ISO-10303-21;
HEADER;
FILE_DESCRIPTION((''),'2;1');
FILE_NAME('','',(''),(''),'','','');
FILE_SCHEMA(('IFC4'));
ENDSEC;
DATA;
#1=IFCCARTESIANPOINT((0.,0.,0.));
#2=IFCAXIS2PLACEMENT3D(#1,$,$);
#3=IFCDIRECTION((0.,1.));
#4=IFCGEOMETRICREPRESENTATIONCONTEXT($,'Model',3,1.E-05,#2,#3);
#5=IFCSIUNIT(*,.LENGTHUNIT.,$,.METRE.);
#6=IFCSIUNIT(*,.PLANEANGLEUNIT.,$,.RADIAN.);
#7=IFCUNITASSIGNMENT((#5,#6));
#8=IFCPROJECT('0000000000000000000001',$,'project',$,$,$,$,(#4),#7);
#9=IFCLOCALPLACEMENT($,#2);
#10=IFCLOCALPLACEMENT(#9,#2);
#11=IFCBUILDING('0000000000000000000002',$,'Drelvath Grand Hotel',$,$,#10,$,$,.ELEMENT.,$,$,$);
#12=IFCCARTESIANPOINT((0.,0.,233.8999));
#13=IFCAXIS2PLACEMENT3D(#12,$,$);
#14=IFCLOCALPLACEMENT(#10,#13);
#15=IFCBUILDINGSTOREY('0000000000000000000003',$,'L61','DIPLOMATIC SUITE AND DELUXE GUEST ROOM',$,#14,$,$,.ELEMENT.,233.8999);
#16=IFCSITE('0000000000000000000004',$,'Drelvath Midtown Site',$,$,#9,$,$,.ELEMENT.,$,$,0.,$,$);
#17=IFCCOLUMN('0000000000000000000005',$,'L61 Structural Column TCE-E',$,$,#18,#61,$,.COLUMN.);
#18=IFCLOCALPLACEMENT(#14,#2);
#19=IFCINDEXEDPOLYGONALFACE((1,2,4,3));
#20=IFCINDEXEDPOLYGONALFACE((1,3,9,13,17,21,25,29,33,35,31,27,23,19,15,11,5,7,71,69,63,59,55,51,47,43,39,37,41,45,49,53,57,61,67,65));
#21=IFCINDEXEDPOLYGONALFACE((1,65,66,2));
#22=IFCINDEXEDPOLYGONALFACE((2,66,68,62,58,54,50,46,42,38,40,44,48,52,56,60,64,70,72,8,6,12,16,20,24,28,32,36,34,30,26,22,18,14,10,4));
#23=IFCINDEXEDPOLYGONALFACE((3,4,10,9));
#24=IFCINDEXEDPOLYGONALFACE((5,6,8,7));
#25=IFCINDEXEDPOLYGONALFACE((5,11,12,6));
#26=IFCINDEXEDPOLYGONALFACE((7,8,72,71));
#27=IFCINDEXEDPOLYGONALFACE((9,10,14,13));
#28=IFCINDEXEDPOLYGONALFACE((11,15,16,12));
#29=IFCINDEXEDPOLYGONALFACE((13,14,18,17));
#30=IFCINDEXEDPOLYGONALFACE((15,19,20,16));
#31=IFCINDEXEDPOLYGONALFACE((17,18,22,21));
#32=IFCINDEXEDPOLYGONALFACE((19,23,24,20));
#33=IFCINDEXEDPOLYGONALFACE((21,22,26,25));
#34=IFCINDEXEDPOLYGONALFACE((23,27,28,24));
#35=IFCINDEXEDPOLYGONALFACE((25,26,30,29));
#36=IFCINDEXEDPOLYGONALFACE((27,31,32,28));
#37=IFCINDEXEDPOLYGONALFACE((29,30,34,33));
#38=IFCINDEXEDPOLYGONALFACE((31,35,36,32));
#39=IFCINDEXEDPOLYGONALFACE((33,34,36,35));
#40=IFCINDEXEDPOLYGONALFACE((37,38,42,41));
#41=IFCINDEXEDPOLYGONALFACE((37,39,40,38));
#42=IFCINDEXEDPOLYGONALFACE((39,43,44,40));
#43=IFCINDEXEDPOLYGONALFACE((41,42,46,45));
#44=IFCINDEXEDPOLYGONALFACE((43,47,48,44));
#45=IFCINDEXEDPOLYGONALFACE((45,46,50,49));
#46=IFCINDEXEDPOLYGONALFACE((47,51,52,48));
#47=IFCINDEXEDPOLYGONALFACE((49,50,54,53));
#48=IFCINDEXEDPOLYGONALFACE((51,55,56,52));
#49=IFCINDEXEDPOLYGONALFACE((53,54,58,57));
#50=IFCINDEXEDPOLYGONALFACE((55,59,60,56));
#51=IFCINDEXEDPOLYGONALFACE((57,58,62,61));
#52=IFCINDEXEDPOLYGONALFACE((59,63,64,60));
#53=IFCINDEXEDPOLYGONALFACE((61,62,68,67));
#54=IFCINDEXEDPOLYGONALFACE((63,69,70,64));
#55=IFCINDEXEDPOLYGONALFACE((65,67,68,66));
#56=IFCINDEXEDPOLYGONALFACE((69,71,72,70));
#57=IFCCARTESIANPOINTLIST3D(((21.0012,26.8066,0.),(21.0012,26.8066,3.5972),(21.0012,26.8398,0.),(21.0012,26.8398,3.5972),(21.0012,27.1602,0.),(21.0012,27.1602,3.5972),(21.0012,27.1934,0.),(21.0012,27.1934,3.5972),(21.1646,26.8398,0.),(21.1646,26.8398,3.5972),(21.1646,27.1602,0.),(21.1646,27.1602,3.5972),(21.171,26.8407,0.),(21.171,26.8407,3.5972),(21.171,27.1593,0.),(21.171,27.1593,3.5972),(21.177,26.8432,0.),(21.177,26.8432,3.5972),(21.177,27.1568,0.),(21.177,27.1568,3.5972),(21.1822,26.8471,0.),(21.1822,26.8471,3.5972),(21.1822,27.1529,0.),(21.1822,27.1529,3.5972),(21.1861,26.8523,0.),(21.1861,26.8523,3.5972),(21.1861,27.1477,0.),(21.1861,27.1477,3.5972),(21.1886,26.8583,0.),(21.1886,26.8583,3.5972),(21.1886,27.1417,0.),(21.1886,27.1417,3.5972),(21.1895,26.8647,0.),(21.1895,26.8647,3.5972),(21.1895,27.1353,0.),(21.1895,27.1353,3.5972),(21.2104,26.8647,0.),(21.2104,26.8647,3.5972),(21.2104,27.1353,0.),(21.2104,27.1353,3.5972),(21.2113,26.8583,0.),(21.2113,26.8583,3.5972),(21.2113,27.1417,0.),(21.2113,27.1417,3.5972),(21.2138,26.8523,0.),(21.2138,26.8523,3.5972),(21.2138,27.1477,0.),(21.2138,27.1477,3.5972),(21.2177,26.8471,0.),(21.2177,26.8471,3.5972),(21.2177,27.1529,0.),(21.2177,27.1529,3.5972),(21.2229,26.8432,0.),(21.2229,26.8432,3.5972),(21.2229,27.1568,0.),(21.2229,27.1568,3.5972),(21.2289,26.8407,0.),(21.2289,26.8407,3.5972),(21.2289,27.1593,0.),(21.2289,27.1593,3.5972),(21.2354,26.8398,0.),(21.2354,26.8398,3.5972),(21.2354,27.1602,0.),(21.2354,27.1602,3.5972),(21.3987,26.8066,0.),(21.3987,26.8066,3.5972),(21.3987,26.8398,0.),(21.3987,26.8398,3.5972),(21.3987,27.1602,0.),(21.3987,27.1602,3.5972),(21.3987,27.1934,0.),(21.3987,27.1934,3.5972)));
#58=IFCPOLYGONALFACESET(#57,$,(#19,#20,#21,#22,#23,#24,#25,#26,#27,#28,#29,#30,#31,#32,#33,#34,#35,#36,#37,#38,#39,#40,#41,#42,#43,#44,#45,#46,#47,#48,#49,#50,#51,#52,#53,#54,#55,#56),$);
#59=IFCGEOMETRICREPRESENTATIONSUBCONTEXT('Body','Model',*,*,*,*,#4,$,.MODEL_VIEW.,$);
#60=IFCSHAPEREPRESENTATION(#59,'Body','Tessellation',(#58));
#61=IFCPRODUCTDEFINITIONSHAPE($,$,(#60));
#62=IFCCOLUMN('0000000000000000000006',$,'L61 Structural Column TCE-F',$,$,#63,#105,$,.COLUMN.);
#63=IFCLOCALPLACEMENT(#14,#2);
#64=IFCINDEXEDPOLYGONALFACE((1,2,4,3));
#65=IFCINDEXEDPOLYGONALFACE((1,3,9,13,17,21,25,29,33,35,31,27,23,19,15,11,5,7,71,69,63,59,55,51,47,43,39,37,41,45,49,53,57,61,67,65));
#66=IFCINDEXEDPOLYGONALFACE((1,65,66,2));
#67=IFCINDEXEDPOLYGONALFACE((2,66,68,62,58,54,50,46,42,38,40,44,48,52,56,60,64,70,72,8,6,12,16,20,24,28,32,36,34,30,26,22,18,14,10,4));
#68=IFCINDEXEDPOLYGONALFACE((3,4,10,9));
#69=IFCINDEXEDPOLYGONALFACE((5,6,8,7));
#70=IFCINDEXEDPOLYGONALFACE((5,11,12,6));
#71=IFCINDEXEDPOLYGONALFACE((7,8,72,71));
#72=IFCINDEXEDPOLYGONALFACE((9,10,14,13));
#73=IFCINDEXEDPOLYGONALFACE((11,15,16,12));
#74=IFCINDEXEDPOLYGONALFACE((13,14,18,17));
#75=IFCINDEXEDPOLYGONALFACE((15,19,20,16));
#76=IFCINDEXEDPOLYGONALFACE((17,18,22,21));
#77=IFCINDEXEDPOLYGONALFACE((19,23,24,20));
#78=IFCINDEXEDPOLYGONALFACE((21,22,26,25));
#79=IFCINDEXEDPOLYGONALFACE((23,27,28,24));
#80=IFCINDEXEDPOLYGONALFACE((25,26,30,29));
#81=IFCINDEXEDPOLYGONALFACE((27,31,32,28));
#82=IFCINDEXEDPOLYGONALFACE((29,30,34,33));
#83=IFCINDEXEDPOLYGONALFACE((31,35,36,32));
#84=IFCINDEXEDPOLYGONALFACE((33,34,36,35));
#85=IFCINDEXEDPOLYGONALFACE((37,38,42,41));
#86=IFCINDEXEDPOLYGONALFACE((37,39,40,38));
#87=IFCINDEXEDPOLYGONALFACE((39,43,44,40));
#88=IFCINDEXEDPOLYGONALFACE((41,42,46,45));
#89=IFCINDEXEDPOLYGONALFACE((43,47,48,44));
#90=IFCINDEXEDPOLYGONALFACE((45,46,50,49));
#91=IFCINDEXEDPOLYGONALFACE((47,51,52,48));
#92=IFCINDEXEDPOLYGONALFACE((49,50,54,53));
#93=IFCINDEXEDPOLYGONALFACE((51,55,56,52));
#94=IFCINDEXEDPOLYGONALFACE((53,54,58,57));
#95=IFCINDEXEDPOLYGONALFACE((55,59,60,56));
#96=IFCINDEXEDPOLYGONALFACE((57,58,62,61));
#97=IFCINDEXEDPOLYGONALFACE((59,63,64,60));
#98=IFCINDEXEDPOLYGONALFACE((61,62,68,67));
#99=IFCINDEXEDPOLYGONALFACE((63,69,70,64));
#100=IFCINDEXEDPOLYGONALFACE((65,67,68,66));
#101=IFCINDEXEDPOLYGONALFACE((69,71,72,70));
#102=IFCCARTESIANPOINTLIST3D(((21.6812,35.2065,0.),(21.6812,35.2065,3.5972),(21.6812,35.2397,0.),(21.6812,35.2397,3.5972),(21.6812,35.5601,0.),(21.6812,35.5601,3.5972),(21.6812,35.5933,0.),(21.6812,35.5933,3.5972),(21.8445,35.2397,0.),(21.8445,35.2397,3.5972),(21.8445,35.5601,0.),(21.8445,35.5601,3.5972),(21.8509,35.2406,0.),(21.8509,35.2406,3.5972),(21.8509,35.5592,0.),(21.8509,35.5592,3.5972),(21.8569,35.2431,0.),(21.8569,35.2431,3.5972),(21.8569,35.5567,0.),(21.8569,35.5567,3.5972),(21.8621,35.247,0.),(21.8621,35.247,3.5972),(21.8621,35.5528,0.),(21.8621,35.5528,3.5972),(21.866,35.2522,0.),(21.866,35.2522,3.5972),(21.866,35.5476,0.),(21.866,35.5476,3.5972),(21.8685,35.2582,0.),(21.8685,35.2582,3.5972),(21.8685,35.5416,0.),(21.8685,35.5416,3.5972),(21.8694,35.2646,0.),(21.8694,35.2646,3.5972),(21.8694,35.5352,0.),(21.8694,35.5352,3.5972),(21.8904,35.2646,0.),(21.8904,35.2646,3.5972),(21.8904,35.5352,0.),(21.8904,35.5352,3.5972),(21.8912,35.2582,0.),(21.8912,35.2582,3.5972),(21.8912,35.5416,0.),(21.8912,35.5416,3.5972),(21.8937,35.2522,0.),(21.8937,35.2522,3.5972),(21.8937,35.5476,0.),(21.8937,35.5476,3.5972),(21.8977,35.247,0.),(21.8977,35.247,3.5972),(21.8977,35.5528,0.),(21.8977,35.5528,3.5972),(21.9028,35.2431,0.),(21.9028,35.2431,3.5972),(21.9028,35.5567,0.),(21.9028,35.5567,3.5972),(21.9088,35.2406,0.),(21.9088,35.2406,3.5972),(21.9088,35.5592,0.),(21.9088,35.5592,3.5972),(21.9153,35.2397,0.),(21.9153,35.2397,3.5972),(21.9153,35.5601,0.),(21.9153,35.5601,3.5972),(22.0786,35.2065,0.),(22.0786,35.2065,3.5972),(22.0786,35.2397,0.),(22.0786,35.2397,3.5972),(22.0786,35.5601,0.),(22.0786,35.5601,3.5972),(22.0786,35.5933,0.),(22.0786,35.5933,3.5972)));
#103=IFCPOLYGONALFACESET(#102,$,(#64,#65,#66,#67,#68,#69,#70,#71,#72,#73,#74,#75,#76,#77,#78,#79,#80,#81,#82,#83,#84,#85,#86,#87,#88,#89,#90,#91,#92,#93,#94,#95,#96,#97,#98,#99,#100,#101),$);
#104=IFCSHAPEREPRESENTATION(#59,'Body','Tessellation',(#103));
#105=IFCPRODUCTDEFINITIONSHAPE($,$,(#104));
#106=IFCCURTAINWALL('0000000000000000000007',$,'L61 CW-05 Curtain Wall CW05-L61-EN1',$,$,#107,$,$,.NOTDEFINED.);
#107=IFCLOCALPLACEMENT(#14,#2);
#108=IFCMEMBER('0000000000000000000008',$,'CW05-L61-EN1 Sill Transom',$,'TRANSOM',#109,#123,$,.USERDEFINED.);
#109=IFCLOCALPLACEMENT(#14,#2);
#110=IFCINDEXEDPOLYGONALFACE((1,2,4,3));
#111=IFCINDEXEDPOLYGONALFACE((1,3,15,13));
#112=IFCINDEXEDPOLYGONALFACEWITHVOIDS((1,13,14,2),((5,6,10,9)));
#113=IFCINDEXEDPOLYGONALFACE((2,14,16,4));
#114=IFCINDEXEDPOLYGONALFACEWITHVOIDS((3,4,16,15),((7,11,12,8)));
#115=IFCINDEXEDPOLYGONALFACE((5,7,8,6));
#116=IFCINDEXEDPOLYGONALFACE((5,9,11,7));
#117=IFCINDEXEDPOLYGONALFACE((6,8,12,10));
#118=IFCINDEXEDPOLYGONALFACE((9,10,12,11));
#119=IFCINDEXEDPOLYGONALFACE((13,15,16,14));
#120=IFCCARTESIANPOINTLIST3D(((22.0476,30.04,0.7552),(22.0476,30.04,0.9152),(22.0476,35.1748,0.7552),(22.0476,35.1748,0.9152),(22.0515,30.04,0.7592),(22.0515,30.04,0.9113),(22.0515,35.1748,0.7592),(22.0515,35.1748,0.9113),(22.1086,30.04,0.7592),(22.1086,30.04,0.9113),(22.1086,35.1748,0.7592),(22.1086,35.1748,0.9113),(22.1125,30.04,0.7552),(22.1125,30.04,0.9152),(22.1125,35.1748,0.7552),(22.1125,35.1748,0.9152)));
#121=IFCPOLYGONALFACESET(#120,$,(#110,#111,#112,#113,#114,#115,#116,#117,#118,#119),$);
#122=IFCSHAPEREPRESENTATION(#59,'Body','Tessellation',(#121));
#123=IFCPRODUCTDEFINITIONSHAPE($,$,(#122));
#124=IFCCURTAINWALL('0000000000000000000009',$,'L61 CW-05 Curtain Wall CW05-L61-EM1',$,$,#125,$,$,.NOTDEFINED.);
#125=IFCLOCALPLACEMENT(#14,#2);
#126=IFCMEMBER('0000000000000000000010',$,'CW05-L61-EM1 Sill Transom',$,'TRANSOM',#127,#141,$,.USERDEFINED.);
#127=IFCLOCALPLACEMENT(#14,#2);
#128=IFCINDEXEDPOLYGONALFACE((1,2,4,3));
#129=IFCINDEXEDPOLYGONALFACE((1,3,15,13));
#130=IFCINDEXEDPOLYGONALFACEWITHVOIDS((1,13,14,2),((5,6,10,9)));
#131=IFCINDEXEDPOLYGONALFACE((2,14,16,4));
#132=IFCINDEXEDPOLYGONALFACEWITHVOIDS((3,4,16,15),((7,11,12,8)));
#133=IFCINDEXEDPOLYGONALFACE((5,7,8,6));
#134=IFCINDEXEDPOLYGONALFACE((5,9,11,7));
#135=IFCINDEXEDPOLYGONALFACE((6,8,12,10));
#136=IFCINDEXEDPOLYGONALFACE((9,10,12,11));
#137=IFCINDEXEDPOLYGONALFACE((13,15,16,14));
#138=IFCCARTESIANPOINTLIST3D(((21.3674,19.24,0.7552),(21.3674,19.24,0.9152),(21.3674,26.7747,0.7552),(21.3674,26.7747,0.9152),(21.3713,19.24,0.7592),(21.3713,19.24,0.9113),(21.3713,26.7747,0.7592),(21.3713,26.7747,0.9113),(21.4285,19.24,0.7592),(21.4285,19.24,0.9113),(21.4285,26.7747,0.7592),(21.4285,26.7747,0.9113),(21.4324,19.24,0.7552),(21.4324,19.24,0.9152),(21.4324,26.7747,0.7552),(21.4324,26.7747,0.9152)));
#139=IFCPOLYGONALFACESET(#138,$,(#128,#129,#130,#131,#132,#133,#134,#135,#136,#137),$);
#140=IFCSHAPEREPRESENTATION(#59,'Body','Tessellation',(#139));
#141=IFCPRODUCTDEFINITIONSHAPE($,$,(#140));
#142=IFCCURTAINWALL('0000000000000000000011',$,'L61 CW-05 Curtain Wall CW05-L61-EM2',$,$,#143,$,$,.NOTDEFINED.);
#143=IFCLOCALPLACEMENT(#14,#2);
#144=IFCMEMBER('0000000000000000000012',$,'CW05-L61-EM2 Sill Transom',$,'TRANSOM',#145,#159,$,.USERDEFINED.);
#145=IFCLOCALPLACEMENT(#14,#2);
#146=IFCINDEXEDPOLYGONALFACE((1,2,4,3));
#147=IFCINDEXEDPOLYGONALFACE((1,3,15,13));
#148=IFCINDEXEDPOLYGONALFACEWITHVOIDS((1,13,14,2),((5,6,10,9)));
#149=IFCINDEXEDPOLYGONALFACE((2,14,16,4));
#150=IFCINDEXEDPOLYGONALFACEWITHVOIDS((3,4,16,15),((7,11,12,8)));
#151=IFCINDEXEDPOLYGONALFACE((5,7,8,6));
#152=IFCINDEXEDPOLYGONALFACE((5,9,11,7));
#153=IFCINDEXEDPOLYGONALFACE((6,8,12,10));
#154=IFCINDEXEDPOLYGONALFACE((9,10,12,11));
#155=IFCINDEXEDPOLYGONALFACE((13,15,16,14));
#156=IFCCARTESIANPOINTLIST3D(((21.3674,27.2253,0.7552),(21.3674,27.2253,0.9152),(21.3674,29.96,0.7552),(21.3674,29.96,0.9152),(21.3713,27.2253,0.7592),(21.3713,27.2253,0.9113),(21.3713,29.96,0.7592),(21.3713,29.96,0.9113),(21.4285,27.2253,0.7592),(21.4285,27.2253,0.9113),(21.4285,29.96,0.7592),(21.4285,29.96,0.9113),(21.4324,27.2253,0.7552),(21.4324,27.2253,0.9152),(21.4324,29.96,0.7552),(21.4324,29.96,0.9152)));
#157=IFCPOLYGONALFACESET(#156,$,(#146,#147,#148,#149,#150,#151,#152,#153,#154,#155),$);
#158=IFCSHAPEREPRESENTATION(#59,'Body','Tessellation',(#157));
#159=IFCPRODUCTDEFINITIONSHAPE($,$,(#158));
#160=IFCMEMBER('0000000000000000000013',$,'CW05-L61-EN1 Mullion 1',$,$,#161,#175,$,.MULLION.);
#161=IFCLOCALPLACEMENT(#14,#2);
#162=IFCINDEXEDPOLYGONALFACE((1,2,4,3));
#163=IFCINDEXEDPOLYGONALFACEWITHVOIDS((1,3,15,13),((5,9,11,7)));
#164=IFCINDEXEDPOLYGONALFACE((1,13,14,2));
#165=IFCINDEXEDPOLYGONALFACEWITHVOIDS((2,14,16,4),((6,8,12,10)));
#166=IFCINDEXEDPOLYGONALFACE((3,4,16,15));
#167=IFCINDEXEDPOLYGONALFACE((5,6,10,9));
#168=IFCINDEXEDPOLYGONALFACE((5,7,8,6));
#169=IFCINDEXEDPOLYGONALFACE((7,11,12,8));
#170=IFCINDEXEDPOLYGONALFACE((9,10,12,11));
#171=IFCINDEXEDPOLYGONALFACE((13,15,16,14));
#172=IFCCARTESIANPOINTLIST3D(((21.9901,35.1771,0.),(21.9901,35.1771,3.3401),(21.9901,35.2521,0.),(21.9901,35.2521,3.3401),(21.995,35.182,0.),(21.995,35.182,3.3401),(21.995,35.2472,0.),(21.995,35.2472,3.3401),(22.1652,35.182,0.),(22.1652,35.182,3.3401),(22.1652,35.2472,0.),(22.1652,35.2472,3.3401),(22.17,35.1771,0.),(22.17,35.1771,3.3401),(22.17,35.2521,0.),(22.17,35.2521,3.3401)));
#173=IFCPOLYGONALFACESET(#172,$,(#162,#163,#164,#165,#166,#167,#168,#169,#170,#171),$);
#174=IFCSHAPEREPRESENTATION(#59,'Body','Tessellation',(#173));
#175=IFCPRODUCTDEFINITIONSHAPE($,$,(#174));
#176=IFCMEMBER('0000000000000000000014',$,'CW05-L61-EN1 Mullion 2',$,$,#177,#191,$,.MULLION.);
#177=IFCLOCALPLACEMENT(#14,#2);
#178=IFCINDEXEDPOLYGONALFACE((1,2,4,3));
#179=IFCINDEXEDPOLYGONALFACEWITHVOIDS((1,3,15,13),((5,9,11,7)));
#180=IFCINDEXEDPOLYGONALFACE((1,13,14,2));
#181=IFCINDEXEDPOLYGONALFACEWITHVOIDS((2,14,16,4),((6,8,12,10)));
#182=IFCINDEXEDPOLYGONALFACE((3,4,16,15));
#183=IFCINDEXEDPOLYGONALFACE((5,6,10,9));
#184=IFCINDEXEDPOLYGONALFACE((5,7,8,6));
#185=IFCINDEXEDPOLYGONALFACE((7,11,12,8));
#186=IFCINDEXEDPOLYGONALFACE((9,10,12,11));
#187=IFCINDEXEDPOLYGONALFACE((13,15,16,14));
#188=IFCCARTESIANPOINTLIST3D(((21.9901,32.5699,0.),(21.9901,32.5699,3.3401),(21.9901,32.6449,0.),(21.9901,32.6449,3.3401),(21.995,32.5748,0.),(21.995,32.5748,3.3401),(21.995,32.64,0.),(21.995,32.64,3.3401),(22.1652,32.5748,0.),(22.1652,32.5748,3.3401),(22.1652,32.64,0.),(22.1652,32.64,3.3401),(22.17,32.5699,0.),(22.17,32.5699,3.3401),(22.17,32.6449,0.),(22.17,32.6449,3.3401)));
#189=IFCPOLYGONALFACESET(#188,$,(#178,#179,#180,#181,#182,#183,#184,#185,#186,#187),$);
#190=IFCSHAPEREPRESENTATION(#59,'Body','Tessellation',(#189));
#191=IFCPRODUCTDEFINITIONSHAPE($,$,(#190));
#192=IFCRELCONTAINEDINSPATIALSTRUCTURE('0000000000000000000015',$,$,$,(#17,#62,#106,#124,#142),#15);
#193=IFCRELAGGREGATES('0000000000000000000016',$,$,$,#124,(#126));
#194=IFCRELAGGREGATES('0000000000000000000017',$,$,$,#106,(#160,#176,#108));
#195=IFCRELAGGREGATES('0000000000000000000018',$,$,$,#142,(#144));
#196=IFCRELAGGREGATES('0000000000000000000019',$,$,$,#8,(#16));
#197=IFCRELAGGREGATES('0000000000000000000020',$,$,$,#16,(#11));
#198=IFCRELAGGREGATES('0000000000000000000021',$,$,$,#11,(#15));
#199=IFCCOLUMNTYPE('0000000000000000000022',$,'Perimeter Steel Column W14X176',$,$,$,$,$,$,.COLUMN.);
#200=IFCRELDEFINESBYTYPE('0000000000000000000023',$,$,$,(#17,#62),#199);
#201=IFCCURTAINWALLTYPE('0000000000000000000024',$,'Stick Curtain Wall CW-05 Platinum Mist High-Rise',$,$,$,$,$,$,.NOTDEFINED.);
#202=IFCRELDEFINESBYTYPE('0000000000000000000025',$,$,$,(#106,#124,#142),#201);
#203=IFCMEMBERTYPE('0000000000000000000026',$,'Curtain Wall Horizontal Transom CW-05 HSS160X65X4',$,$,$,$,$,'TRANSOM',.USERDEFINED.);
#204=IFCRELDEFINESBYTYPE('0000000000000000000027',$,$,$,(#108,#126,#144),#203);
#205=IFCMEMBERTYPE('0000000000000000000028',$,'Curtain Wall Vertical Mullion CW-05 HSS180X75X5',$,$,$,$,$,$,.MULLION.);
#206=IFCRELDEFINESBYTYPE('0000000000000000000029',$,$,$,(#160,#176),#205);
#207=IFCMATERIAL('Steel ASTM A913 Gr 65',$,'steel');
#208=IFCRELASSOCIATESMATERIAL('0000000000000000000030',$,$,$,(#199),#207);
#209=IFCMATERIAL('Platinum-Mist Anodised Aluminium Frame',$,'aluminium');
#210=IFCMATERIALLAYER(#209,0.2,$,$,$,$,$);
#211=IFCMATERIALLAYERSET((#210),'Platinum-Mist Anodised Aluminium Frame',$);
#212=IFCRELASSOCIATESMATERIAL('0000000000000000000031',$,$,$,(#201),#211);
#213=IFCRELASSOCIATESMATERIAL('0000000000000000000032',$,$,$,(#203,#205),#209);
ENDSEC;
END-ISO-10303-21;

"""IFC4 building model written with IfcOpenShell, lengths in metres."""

from ifc_helpers import new_model, si_unit, direction, frame, origin, origin_2d, place, context, subcontext, project, spatial, hollow_rectangle, i_section, extrude, material, layer, layer_set, material_profile, profile_set, type_object, element, aggregate, save


model = new_model("IFC4")

# Units and contexts
model_context = context("Model", 3, precision=1e-05, world=origin(), true_north=direction((0.0, 1.0)))
body_context = subcontext(model_context, "Body", "Model", "MODEL_VIEW")
ifc_project = project(units=[si_unit("LENGTHUNIT", "METRE"), si_unit("PLANEANGLEUNIT", "RADIAN")], contexts=[model_context])

# Site, building, storey
site_placement = place(None, origin())
site = spatial("IfcSite", under=ifc_project, at=site_placement, Name="Drelvath Midtown Site", CompositionType="ELEMENT", RefElevation=0.0)
building_placement = place(site_placement, origin())
building = spatial("IfcBuilding", under=site, at=building_placement, Name="Drelvath Grand Hotel", CompositionType="ELEMENT")
storey_placement = place(building_placement, frame((0.0, 0.0, 233.8999)))
storey = spatial("IfcBuildingStorey", under=building, at=storey_placement, Name="L61", Description="DIPLOMATIC SUITE AND DELUXE GUEST ROOM", CompositionType="ELEMENT", Elevation=233.8999)

# Columns
ifc_material_1 = material(Name="Steel ASTM A913 Gr 65", Category="steel")
ifc_material_profile_1 = material_profile(ifc_material_1, i_section(OverallWidth=0.3975, OverallDepth=0.3867, WebThickness=0.021, FlangeThickness=0.0332, FilletRadius=0.0249, at=origin_2d()), Name="W14X176")
ifc_profile_set_1 = profile_set([ifc_material_profile_1], Name="Steel ASTM A913 Gr 65")
column_type = type_object("IfcColumnType", Name="Perimeter Steel Column W14X176", PredefinedType="COLUMN", material=ifc_profile_set_1)
for number, where, z_axis, x_axis, name in (
    (1, (21.2, 27.0, 0.0), (0.0, 0.0, 1.0), (1.0, 0.0, 0.0), "L61 Structural Column TCE-E"),
    (2, (21.8799, 35.3999, 0.0), (0.0, 0.0, 1.0), (1.0, 0.0, 0.0), "L61 Structural Column TCE-F"),
):
    element("IfcColumn", number, at=place(storey_placement, frame(where, z_axis=z_axis, x_axis=x_axis)), inside=storey, type_object=column_type, Name=name, PredefinedType="COLUMN", context=body_context, shape_type="SweptSolid", body=[
        extrude(i_section(OverallWidth=0.3975, OverallDepth=0.3867, WebThickness=0.021, FlangeThickness=0.0332, FilletRadius=0.0249, at=origin_2d()), origin(), (0.0, 0.0, 1.0), 3.5972),
    ])

# Curtain walls, members
ifc_material_2 = material(Name="Platinum-Mist Anodised Aluminium Frame", Category="aluminium")
ifc_layer_1 = layer(ifc_material_2, 0.2)
ifc_layer_set_1 = layer_set([ifc_layer_1], Name="Platinum-Mist Anodised Aluminium Frame")
curtain_wall_type = type_object("IfcCurtainWallType", Name="Stick Curtain Wall CW-05 Platinum Mist High-Rise", PredefinedType="NOTDEFINED", material=ifc_layer_set_1)
curtain_wall_1_placement = place(storey_placement, origin())
curtain_wall_1 = element("IfcCurtainWall", 3, at=curtain_wall_1_placement, inside=storey, type_object=curtain_wall_type, Name="L61 CW-05 Curtain Wall CW05-L61-EN1", PredefinedType="NOTDEFINED")
ifc_material_profile_2 = material_profile(ifc_material_2, hollow_rectangle(XDim=0.0649, YDim=0.1599, WallThickness=0.0039, at=origin_2d()), Name="HSS160X65X4")
ifc_profile_set_2 = profile_set([ifc_material_profile_2], Name="Platinum-Mist Anodised Aluminium Frame")
member_type_1 = type_object("IfcMemberType", Name="Curtain Wall Horizontal Transom CW-05 HSS160X65X4", ElementType="TRANSOM", PredefinedType="USERDEFINED", material=ifc_profile_set_2)
member_1_placement = place(storey_placement, frame((22.0801, 35.1748, 0.8352), z_axis=(0.0, -1.0, 0.0), x_axis=(1.0, 0.0, 0.0)))
member_1 = element("IfcMember", 4, at=member_1_placement, type_object=member_type_1, Name="CW05-L61-EN1 Sill Transom", ObjectType="TRANSOM", PredefinedType="USERDEFINED", context=body_context, shape_type="SweptSolid", body=[
    extrude(hollow_rectangle(XDim=0.0649, YDim=0.1599, WallThickness=0.0039, at=origin_2d()), origin(), (0.0, 0.0, 1.0), 5.1348),
])
curtain_wall_2_placement = place(storey_placement, origin())
curtain_wall_2 = element("IfcCurtainWall", 5, at=curtain_wall_2_placement, inside=storey, type_object=curtain_wall_type, Name="L61 CW-05 Curtain Wall CW05-L61-EM1", PredefinedType="NOTDEFINED")
member_2_placement = place(storey_placement, frame((21.3999, 26.7747, 0.8352), z_axis=(0.0, -1.0, 0.0), x_axis=(1.0, 0.0, 0.0)))
member_2 = element("IfcMember", 6, at=member_2_placement, type_object=member_type_1, Name="CW05-L61-EM1 Sill Transom", ObjectType="TRANSOM", PredefinedType="USERDEFINED", context=body_context, shape_type="SweptSolid", body=[
    extrude(hollow_rectangle(XDim=0.0649, YDim=0.1599, WallThickness=0.0039, at=origin_2d()), origin(), (0.0, 0.0, 1.0), 7.5347),
])
curtain_wall_3_placement = place(storey_placement, origin())
curtain_wall_3 = element("IfcCurtainWall", 7, at=curtain_wall_3_placement, inside=storey, type_object=curtain_wall_type, Name="L61 CW-05 Curtain Wall CW05-L61-EM2", PredefinedType="NOTDEFINED")
member_3_placement = place(storey_placement, frame((21.3999, 29.96, 0.8352), z_axis=(0.0, -1.0, 0.0), x_axis=(1.0, 0.0, 0.0)))
member_3 = element("IfcMember", 8, at=member_3_placement, type_object=member_type_1, Name="CW05-L61-EM2 Sill Transom", ObjectType="TRANSOM", PredefinedType="USERDEFINED", context=body_context, shape_type="SweptSolid", body=[
    extrude(hollow_rectangle(XDim=0.0649, YDim=0.1599, WallThickness=0.0039, at=origin_2d()), origin(), (0.0, 0.0, 1.0), 2.7346),
])

# Members
ifc_material_profile_3 = material_profile(ifc_material_2, hollow_rectangle(XDim=0.075, YDim=0.1799, WallThickness=0.0049, at=origin_2d()), Name="HSS180X75X5")
ifc_profile_set_3 = profile_set([ifc_material_profile_3], Name="Platinum-Mist Anodised Aluminium Frame")
member_type_2 = type_object("IfcMemberType", Name="Curtain Wall Vertical Mullion CW-05 HSS180X75X5", PredefinedType="MULLION", material=ifc_profile_set_3)
member_4_placement = place(storey_placement, frame((22.0801, 35.2146, 0.0), z_axis=(0.0, 0.0, 1.0), x_axis=(0.0, 1.0, 0.0)))
member_4 = element("IfcMember", 9, at=member_4_placement, type_object=member_type_2, Name="CW05-L61-EN1 Mullion 1", PredefinedType="MULLION", context=body_context, shape_type="SweptSolid", body=[
    extrude(hollow_rectangle(XDim=0.075, YDim=0.1799, WallThickness=0.0049, at=origin_2d()), origin(), (0.0, 0.0, 1.0), 3.3401),
])
member_5_placement = place(storey_placement, frame((22.0801, 32.6074, 0.0), z_axis=(0.0, 0.0, 1.0), x_axis=(0.0, 1.0, 0.0)))
member_5 = element("IfcMember", 10, at=member_5_placement, type_object=member_type_2, Name="CW05-L61-EN1 Mullion 2", PredefinedType="MULLION", context=body_context, shape_type="SweptSolid", body=[
    extrude(hollow_rectangle(XDim=0.075, YDim=0.1799, WallThickness=0.0049, at=origin_2d()), origin(), (0.0, 0.0, 1.0), 3.3401),
])

aggregate(curtain_wall_2, [member_2])

aggregate(curtain_wall_1, [member_4, member_5, member_1])
aggregate(curtain_wall_3, [member_3])

save(model, "model.ifc")
